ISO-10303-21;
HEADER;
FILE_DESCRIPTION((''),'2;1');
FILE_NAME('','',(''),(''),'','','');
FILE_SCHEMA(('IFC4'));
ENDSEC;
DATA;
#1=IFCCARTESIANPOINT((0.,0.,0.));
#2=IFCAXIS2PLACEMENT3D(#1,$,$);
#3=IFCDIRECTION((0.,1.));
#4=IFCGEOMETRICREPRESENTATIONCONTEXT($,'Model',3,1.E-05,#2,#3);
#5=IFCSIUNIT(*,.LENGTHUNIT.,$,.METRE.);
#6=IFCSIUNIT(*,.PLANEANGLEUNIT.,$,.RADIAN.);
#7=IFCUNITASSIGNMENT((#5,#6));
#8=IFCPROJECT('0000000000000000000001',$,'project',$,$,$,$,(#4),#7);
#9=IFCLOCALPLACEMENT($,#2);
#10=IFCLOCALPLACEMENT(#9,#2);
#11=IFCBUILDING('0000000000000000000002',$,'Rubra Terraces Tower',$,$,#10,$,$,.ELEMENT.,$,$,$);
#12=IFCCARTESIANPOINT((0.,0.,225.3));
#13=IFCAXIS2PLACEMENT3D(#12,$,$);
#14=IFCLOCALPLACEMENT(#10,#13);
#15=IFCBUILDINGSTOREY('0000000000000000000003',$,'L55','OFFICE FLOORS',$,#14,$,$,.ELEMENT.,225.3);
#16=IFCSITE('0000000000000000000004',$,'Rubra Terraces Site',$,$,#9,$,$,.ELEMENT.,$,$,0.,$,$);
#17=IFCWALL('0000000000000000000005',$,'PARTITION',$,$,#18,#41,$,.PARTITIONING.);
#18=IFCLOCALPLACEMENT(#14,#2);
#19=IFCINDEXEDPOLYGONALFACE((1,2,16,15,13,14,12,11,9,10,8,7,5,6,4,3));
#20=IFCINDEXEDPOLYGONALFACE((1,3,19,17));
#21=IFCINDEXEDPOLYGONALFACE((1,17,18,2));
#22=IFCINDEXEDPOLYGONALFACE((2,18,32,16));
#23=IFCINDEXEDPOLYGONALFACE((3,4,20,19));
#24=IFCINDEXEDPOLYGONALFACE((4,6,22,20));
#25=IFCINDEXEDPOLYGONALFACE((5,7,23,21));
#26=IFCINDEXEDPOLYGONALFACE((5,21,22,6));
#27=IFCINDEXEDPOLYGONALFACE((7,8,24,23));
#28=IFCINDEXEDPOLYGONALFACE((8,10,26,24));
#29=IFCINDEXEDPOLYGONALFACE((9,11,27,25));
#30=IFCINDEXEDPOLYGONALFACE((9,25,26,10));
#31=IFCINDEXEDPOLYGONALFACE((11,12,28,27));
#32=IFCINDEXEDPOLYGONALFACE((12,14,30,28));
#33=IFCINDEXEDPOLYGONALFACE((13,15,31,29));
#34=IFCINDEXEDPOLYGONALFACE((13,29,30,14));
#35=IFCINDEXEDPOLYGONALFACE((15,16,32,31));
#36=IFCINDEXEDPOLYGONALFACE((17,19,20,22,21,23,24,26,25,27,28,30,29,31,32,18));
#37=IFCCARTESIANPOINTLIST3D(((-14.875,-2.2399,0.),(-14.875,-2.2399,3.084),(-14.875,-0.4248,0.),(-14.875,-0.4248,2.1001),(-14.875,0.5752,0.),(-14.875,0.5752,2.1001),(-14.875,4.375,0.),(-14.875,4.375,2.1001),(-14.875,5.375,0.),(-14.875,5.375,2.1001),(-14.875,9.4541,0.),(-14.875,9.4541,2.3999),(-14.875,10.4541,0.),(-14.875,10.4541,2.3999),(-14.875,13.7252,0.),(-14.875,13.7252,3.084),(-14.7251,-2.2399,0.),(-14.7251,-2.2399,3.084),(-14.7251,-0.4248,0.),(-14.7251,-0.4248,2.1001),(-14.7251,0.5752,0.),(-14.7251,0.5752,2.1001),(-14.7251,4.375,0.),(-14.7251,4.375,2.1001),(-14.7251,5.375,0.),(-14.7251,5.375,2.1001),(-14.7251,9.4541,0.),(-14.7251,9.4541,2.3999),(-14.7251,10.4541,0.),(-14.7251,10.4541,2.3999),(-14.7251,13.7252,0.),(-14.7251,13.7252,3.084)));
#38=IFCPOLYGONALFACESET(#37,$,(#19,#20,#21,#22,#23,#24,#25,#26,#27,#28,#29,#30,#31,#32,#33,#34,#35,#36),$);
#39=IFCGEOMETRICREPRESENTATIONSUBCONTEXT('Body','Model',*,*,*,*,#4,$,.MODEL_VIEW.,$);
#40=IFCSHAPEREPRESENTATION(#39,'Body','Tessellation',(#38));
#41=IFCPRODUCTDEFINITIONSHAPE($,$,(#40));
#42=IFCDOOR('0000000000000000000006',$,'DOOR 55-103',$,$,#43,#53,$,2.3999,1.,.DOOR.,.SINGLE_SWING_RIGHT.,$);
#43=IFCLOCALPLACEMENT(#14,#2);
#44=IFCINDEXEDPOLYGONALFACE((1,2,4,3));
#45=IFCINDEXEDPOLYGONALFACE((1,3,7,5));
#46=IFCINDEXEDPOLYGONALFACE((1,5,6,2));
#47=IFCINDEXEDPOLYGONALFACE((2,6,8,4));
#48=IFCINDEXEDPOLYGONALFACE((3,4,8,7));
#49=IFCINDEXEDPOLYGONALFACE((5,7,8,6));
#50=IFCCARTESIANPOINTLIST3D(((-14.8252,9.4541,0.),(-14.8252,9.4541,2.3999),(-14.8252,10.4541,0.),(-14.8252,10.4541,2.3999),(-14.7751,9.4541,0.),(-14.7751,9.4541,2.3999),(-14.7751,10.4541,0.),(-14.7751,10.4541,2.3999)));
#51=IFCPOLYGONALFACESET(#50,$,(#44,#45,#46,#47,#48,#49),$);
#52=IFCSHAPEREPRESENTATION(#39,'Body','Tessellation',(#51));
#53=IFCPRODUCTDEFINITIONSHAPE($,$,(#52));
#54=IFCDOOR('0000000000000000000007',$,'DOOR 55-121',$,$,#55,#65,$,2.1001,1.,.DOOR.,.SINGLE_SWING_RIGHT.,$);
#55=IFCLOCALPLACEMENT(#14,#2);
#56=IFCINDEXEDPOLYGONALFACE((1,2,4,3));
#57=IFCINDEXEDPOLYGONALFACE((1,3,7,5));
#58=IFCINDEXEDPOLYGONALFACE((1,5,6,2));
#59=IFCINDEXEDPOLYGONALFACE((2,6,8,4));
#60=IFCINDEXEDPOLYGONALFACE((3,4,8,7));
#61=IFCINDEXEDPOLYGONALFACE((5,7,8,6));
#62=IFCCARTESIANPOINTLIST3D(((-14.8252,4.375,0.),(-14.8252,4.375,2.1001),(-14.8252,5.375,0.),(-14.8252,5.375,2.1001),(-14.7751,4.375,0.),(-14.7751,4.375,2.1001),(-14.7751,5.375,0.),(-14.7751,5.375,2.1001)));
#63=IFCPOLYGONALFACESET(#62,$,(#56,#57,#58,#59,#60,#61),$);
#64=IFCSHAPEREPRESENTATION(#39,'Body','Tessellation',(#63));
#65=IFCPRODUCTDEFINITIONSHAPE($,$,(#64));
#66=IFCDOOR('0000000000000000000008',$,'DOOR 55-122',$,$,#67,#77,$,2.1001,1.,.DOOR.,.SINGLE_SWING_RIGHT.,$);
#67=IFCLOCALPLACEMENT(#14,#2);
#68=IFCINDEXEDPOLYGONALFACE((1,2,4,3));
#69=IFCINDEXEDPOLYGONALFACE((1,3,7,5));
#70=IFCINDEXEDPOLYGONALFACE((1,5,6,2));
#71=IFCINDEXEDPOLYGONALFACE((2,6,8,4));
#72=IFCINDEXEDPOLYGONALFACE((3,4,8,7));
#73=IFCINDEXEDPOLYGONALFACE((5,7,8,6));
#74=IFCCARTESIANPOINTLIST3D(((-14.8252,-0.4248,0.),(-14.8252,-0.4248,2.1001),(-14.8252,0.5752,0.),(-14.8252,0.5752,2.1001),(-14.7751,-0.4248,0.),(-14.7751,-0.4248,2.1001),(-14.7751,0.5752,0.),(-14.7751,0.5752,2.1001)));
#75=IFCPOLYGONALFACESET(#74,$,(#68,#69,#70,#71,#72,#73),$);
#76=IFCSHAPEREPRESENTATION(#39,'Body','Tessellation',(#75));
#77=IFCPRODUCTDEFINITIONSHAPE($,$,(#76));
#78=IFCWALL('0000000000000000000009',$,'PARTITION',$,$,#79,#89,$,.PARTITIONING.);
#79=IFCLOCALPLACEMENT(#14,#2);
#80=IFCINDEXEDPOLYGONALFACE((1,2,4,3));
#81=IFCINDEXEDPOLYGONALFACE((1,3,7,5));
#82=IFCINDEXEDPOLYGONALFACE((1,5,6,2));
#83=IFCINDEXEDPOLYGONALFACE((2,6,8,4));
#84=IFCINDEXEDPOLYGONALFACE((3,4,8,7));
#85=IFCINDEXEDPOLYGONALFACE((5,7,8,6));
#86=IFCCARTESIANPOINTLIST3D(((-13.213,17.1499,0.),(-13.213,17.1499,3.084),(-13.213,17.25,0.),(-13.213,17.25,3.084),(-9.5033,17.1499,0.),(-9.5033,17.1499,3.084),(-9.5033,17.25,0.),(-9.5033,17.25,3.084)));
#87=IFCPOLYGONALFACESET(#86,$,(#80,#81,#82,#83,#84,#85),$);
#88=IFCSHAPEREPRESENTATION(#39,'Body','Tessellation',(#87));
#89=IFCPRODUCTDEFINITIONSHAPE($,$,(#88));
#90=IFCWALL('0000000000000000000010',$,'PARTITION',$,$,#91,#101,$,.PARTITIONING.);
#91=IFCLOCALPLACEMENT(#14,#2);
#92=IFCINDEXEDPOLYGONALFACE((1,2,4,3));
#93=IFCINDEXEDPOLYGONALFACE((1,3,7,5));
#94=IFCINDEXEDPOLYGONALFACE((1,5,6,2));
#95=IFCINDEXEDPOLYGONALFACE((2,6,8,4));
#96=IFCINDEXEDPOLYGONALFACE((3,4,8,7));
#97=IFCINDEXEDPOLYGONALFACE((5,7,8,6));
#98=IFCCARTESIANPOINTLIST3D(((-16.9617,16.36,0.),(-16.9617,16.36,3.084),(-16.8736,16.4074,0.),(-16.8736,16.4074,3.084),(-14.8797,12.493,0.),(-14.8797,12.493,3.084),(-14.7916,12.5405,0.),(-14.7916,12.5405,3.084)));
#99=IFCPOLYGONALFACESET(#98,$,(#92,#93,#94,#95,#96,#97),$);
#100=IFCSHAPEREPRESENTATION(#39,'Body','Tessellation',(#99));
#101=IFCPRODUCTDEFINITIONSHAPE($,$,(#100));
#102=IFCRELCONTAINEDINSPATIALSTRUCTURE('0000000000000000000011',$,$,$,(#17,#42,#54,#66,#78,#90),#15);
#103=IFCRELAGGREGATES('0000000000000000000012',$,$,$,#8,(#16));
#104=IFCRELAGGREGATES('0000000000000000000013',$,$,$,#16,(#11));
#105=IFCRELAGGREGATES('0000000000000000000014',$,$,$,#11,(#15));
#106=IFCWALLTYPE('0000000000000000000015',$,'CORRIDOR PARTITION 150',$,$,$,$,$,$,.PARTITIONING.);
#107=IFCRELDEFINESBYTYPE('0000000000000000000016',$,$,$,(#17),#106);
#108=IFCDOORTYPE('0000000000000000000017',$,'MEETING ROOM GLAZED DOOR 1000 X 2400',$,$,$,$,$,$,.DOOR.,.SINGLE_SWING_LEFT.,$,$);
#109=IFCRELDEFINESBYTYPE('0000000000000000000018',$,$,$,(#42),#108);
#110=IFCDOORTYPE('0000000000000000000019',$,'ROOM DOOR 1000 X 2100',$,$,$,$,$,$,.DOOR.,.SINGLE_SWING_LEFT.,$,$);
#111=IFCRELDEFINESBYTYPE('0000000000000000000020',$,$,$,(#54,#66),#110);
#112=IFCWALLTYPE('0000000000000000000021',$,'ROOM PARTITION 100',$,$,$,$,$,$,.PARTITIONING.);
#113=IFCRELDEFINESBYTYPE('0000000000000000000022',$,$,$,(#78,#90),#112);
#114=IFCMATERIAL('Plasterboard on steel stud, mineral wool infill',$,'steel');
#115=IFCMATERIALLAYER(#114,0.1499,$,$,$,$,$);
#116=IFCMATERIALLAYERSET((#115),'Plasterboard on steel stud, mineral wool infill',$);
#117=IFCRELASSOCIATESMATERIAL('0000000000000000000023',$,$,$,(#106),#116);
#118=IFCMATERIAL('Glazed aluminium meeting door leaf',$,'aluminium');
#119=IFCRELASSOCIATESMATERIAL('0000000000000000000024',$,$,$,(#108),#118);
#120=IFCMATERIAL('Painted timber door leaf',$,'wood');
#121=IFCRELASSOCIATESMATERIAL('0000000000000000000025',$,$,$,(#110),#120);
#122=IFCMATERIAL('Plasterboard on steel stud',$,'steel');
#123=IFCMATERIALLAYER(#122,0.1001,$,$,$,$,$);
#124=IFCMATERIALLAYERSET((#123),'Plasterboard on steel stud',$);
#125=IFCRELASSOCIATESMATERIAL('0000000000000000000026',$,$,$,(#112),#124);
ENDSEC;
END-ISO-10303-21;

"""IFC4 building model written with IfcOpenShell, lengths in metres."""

from ifc_helpers import new_model, si_unit, direction, frame, frame_2d, origin, place, context, subcontext, project, spatial, rectangle, extrude, material, layer, layer_set, type_object, element, fill, save


model = new_model("IFC4")

# Units and contexts
model_context = context("Model", 3, precision=1e-05, world=origin(), true_north=direction((0.0, 1.0)))
body_context = subcontext(model_context, "Body", "Model", "MODEL_VIEW")
ifc_project = project(units=[si_unit("LENGTHUNIT", "METRE"), si_unit("PLANEANGLEUNIT", "RADIAN")], contexts=[model_context])

# Site, building, storey
site_placement = place(None, origin())
site = spatial("IfcSite", under=ifc_project, at=site_placement, Name="Rubra Terraces Site", CompositionType="ELEMENT", RefElevation=0.0)
building_placement = place(site_placement, origin())
building = spatial("IfcBuilding", under=site, at=building_placement, Name="Rubra Terraces Tower", CompositionType="ELEMENT")
storey_placement = place(building_placement, frame((0.0, 0.0, 225.3)))
storey = spatial("IfcBuildingStorey", under=building, at=storey_placement, Name="L55", Description="OFFICE FLOORS", CompositionType="ELEMENT", Elevation=225.3)

# Wall, openings, doors
ifc_material_1 = material(Name="Plasterboard on steel stud, mineral wool infill", Category="steel")
ifc_layer_1 = layer(ifc_material_1, 0.1499)
ifc_layer_set_1 = layer_set([ifc_layer_1], Name="Plasterboard on steel stud, mineral wool infill")
wall_type_1 = type_object("IfcWallType", Name="CORRIDOR PARTITION 150", PredefinedType="PARTITIONING", material=ifc_layer_set_1)
wall_1_placement = place(storey_placement, frame((-14.8, 13.7251, 0.0), z_axis=(0.0, 0.0, 1.0), x_axis=(0.0, -1.0, 0.0)))
wall_1 = element("IfcWall", 1, at=wall_1_placement, inside=storey, type_object=wall_type_1, Name="PARTITION", PredefinedType="PARTITIONING", context=body_context, shape_type="SweptSolid", body=[
    extrude(rectangle(XDim=15.9651, YDim=0.1499, at=frame_2d((7.9824, 0.0))), origin(), (0.0, 0.0, 1.0), 3.084),
])
opening_1_placement = place(wall_1_placement, frame((3.271, 0.0, 0.0)))
opening_1 = element("IfcOpeningElement", 2, at=opening_1_placement, cuts=wall_1, PredefinedType="OPENING", context=body_context, shape_type="SweptSolid", body=[
    extrude(rectangle(XDim=1.0, YDim=2.3999, at=frame_2d((0.5, 1.2))), frame((0.0, 0.085, 0.0), z_axis=(0.0, -1.0, 0.0), x_axis=(1.0, 0.0, 0.0)), (0.0, 0.0, 1.0), 0.1699),
])
opening_2_placement = place(wall_1_placement, frame((8.3501, 0.0, 0.0)))
opening_2 = element("IfcOpeningElement", 3, at=opening_2_placement, cuts=wall_1, PredefinedType="OPENING", context=body_context, shape_type="SweptSolid", body=[
    extrude(rectangle(XDim=1.0, YDim=2.1001, at=frame_2d((0.5, 1.05))), frame((0.0, 0.085, 0.0), z_axis=(0.0, -1.0, 0.0), x_axis=(1.0, 0.0, 0.0)), (0.0, 0.0, 1.0), 0.1699),
])
opening_3_placement = place(wall_1_placement, frame((13.1499, 0.0, 0.0)))
opening_3 = element("IfcOpeningElement", 4, at=opening_3_placement, cuts=wall_1, PredefinedType="OPENING", context=body_context, shape_type="SweptSolid", body=[
    extrude(rectangle(XDim=1.0, YDim=2.1001, at=frame_2d((0.5, 1.05))), frame((0.0, 0.085, 0.0), z_axis=(0.0, -1.0, 0.0), x_axis=(1.0, 0.0, 0.0)), (0.0, 0.0, 1.0), 0.1699),
])
ifc_material_2 = material(Name="Glazed aluminium meeting door leaf", Category="aluminium")
door_type_1 = type_object("IfcDoorType", Name="MEETING ROOM GLAZED DOOR 1000 X 2400", OperationType="SINGLE_SWING_LEFT", PredefinedType="DOOR", material=ifc_material_2)
door_1_placement = place(opening_1_placement, origin())
door_1 = element("IfcDoor", 5, at=door_1_placement, inside=storey, type_object=door_type_1, Name="DOOR 55-103", OperationType="SINGLE_SWING_RIGHT", OverallHeight=2.3999, OverallWidth=1.0, PredefinedType="DOOR", context=body_context, shape_type="SweptSolid", body=[
    extrude(rectangle(XDim=1.0, YDim=2.3999, at=frame_2d((0.5, 1.2))), frame((0.0, 0.0249, 0.0), z_axis=(0.0, -1.0, 0.0), x_axis=(1.0, 0.0, 0.0)), (0.0, 0.0, 1.0), 0.05),
])
fill(opening_1, door_1)
ifc_material_3 = material(Name="Painted timber door leaf", Category="wood")
door_type_2 = type_object("IfcDoorType", Name="ROOM DOOR 1000 X 2100", OperationType="SINGLE_SWING_LEFT", PredefinedType="DOOR", material=ifc_material_3)
door_2_placement = place(opening_2_placement, origin())
door_2 = element("IfcDoor", 6, at=door_2_placement, inside=storey, type_object=door_type_2, Name="DOOR 55-121", OperationType="SINGLE_SWING_RIGHT", OverallHeight=2.1001, OverallWidth=1.0, PredefinedType="DOOR", context=body_context, shape_type="SweptSolid", body=[
    extrude(rectangle(XDim=1.0, YDim=2.1001, at=frame_2d((0.5, 1.05))), frame((0.0, 0.0249, 0.0), z_axis=(0.0, -1.0, 0.0), x_axis=(1.0, 0.0, 0.0)), (0.0, 0.0, 1.0), 0.05),
])
fill(opening_2, door_2)
door_3_placement = place(opening_3_placement, origin())
door_3 = element("IfcDoor", 7, at=door_3_placement, inside=storey, type_object=door_type_2, Name="DOOR 55-122", OperationType="SINGLE_SWING_RIGHT", OverallHeight=2.1001, OverallWidth=1.0, PredefinedType="DOOR", context=body_context, shape_type="SweptSolid", body=[
    extrude(rectangle(XDim=1.0, YDim=2.1001, at=frame_2d((0.5, 1.05))), frame((0.0, 0.0249, 0.0), z_axis=(0.0, -1.0, 0.0), x_axis=(1.0, 0.0, 0.0)), (0.0, 0.0, 1.0), 0.05),
])
fill(opening_3, door_3)

# Walls
ifc_material_4 = material(Name="Plasterboard on steel stud", Category="steel")
ifc_layer_2 = layer(ifc_material_4, 0.1001)
ifc_layer_set_2 = layer_set([ifc_layer_2], Name="Plasterboard on steel stud")
wall_type_2 = type_object("IfcWallType", Name="ROOM PARTITION 100", PredefinedType="PARTITIONING", material=ifc_layer_set_2)
wall_2_placement = place(storey_placement, frame((-13.2131, 17.2, 0.0), z_axis=(0.0, 0.0, 1.0), x_axis=(1.0, 0.0, 0.0)))
element("IfcWall", 8, at=wall_2_placement, inside=storey, type_object=wall_type_2, Name="PARTITION", PredefinedType="PARTITIONING", context=body_context, shape_type="SweptSolid", body=[
    extrude(rectangle(XDim=3.7097, YDim=0.1001, at=frame_2d((1.855, 0.0))), origin(), (0.0, 0.0, 1.0), 3.084),
])
wall_3_placement = place(storey_placement, frame((-14.8357, 12.5168, 0.0), z_axis=(0.0, 0.0, 1.0), x_axis=(-0.47407, 0.880487, 0.0)))
element("IfcWall", 9, at=wall_3_placement, inside=storey, type_object=wall_type_2, Name="PARTITION", PredefinedType="PARTITIONING", context=body_context, shape_type="SweptSolid", body=[
    extrude(rectangle(XDim=4.3918, YDim=0.1001, at=frame_2d((2.1958, 0.0))), origin(), (0.0, 0.0, 1.0), 3.084),
])

save(model, "model.ifc")
